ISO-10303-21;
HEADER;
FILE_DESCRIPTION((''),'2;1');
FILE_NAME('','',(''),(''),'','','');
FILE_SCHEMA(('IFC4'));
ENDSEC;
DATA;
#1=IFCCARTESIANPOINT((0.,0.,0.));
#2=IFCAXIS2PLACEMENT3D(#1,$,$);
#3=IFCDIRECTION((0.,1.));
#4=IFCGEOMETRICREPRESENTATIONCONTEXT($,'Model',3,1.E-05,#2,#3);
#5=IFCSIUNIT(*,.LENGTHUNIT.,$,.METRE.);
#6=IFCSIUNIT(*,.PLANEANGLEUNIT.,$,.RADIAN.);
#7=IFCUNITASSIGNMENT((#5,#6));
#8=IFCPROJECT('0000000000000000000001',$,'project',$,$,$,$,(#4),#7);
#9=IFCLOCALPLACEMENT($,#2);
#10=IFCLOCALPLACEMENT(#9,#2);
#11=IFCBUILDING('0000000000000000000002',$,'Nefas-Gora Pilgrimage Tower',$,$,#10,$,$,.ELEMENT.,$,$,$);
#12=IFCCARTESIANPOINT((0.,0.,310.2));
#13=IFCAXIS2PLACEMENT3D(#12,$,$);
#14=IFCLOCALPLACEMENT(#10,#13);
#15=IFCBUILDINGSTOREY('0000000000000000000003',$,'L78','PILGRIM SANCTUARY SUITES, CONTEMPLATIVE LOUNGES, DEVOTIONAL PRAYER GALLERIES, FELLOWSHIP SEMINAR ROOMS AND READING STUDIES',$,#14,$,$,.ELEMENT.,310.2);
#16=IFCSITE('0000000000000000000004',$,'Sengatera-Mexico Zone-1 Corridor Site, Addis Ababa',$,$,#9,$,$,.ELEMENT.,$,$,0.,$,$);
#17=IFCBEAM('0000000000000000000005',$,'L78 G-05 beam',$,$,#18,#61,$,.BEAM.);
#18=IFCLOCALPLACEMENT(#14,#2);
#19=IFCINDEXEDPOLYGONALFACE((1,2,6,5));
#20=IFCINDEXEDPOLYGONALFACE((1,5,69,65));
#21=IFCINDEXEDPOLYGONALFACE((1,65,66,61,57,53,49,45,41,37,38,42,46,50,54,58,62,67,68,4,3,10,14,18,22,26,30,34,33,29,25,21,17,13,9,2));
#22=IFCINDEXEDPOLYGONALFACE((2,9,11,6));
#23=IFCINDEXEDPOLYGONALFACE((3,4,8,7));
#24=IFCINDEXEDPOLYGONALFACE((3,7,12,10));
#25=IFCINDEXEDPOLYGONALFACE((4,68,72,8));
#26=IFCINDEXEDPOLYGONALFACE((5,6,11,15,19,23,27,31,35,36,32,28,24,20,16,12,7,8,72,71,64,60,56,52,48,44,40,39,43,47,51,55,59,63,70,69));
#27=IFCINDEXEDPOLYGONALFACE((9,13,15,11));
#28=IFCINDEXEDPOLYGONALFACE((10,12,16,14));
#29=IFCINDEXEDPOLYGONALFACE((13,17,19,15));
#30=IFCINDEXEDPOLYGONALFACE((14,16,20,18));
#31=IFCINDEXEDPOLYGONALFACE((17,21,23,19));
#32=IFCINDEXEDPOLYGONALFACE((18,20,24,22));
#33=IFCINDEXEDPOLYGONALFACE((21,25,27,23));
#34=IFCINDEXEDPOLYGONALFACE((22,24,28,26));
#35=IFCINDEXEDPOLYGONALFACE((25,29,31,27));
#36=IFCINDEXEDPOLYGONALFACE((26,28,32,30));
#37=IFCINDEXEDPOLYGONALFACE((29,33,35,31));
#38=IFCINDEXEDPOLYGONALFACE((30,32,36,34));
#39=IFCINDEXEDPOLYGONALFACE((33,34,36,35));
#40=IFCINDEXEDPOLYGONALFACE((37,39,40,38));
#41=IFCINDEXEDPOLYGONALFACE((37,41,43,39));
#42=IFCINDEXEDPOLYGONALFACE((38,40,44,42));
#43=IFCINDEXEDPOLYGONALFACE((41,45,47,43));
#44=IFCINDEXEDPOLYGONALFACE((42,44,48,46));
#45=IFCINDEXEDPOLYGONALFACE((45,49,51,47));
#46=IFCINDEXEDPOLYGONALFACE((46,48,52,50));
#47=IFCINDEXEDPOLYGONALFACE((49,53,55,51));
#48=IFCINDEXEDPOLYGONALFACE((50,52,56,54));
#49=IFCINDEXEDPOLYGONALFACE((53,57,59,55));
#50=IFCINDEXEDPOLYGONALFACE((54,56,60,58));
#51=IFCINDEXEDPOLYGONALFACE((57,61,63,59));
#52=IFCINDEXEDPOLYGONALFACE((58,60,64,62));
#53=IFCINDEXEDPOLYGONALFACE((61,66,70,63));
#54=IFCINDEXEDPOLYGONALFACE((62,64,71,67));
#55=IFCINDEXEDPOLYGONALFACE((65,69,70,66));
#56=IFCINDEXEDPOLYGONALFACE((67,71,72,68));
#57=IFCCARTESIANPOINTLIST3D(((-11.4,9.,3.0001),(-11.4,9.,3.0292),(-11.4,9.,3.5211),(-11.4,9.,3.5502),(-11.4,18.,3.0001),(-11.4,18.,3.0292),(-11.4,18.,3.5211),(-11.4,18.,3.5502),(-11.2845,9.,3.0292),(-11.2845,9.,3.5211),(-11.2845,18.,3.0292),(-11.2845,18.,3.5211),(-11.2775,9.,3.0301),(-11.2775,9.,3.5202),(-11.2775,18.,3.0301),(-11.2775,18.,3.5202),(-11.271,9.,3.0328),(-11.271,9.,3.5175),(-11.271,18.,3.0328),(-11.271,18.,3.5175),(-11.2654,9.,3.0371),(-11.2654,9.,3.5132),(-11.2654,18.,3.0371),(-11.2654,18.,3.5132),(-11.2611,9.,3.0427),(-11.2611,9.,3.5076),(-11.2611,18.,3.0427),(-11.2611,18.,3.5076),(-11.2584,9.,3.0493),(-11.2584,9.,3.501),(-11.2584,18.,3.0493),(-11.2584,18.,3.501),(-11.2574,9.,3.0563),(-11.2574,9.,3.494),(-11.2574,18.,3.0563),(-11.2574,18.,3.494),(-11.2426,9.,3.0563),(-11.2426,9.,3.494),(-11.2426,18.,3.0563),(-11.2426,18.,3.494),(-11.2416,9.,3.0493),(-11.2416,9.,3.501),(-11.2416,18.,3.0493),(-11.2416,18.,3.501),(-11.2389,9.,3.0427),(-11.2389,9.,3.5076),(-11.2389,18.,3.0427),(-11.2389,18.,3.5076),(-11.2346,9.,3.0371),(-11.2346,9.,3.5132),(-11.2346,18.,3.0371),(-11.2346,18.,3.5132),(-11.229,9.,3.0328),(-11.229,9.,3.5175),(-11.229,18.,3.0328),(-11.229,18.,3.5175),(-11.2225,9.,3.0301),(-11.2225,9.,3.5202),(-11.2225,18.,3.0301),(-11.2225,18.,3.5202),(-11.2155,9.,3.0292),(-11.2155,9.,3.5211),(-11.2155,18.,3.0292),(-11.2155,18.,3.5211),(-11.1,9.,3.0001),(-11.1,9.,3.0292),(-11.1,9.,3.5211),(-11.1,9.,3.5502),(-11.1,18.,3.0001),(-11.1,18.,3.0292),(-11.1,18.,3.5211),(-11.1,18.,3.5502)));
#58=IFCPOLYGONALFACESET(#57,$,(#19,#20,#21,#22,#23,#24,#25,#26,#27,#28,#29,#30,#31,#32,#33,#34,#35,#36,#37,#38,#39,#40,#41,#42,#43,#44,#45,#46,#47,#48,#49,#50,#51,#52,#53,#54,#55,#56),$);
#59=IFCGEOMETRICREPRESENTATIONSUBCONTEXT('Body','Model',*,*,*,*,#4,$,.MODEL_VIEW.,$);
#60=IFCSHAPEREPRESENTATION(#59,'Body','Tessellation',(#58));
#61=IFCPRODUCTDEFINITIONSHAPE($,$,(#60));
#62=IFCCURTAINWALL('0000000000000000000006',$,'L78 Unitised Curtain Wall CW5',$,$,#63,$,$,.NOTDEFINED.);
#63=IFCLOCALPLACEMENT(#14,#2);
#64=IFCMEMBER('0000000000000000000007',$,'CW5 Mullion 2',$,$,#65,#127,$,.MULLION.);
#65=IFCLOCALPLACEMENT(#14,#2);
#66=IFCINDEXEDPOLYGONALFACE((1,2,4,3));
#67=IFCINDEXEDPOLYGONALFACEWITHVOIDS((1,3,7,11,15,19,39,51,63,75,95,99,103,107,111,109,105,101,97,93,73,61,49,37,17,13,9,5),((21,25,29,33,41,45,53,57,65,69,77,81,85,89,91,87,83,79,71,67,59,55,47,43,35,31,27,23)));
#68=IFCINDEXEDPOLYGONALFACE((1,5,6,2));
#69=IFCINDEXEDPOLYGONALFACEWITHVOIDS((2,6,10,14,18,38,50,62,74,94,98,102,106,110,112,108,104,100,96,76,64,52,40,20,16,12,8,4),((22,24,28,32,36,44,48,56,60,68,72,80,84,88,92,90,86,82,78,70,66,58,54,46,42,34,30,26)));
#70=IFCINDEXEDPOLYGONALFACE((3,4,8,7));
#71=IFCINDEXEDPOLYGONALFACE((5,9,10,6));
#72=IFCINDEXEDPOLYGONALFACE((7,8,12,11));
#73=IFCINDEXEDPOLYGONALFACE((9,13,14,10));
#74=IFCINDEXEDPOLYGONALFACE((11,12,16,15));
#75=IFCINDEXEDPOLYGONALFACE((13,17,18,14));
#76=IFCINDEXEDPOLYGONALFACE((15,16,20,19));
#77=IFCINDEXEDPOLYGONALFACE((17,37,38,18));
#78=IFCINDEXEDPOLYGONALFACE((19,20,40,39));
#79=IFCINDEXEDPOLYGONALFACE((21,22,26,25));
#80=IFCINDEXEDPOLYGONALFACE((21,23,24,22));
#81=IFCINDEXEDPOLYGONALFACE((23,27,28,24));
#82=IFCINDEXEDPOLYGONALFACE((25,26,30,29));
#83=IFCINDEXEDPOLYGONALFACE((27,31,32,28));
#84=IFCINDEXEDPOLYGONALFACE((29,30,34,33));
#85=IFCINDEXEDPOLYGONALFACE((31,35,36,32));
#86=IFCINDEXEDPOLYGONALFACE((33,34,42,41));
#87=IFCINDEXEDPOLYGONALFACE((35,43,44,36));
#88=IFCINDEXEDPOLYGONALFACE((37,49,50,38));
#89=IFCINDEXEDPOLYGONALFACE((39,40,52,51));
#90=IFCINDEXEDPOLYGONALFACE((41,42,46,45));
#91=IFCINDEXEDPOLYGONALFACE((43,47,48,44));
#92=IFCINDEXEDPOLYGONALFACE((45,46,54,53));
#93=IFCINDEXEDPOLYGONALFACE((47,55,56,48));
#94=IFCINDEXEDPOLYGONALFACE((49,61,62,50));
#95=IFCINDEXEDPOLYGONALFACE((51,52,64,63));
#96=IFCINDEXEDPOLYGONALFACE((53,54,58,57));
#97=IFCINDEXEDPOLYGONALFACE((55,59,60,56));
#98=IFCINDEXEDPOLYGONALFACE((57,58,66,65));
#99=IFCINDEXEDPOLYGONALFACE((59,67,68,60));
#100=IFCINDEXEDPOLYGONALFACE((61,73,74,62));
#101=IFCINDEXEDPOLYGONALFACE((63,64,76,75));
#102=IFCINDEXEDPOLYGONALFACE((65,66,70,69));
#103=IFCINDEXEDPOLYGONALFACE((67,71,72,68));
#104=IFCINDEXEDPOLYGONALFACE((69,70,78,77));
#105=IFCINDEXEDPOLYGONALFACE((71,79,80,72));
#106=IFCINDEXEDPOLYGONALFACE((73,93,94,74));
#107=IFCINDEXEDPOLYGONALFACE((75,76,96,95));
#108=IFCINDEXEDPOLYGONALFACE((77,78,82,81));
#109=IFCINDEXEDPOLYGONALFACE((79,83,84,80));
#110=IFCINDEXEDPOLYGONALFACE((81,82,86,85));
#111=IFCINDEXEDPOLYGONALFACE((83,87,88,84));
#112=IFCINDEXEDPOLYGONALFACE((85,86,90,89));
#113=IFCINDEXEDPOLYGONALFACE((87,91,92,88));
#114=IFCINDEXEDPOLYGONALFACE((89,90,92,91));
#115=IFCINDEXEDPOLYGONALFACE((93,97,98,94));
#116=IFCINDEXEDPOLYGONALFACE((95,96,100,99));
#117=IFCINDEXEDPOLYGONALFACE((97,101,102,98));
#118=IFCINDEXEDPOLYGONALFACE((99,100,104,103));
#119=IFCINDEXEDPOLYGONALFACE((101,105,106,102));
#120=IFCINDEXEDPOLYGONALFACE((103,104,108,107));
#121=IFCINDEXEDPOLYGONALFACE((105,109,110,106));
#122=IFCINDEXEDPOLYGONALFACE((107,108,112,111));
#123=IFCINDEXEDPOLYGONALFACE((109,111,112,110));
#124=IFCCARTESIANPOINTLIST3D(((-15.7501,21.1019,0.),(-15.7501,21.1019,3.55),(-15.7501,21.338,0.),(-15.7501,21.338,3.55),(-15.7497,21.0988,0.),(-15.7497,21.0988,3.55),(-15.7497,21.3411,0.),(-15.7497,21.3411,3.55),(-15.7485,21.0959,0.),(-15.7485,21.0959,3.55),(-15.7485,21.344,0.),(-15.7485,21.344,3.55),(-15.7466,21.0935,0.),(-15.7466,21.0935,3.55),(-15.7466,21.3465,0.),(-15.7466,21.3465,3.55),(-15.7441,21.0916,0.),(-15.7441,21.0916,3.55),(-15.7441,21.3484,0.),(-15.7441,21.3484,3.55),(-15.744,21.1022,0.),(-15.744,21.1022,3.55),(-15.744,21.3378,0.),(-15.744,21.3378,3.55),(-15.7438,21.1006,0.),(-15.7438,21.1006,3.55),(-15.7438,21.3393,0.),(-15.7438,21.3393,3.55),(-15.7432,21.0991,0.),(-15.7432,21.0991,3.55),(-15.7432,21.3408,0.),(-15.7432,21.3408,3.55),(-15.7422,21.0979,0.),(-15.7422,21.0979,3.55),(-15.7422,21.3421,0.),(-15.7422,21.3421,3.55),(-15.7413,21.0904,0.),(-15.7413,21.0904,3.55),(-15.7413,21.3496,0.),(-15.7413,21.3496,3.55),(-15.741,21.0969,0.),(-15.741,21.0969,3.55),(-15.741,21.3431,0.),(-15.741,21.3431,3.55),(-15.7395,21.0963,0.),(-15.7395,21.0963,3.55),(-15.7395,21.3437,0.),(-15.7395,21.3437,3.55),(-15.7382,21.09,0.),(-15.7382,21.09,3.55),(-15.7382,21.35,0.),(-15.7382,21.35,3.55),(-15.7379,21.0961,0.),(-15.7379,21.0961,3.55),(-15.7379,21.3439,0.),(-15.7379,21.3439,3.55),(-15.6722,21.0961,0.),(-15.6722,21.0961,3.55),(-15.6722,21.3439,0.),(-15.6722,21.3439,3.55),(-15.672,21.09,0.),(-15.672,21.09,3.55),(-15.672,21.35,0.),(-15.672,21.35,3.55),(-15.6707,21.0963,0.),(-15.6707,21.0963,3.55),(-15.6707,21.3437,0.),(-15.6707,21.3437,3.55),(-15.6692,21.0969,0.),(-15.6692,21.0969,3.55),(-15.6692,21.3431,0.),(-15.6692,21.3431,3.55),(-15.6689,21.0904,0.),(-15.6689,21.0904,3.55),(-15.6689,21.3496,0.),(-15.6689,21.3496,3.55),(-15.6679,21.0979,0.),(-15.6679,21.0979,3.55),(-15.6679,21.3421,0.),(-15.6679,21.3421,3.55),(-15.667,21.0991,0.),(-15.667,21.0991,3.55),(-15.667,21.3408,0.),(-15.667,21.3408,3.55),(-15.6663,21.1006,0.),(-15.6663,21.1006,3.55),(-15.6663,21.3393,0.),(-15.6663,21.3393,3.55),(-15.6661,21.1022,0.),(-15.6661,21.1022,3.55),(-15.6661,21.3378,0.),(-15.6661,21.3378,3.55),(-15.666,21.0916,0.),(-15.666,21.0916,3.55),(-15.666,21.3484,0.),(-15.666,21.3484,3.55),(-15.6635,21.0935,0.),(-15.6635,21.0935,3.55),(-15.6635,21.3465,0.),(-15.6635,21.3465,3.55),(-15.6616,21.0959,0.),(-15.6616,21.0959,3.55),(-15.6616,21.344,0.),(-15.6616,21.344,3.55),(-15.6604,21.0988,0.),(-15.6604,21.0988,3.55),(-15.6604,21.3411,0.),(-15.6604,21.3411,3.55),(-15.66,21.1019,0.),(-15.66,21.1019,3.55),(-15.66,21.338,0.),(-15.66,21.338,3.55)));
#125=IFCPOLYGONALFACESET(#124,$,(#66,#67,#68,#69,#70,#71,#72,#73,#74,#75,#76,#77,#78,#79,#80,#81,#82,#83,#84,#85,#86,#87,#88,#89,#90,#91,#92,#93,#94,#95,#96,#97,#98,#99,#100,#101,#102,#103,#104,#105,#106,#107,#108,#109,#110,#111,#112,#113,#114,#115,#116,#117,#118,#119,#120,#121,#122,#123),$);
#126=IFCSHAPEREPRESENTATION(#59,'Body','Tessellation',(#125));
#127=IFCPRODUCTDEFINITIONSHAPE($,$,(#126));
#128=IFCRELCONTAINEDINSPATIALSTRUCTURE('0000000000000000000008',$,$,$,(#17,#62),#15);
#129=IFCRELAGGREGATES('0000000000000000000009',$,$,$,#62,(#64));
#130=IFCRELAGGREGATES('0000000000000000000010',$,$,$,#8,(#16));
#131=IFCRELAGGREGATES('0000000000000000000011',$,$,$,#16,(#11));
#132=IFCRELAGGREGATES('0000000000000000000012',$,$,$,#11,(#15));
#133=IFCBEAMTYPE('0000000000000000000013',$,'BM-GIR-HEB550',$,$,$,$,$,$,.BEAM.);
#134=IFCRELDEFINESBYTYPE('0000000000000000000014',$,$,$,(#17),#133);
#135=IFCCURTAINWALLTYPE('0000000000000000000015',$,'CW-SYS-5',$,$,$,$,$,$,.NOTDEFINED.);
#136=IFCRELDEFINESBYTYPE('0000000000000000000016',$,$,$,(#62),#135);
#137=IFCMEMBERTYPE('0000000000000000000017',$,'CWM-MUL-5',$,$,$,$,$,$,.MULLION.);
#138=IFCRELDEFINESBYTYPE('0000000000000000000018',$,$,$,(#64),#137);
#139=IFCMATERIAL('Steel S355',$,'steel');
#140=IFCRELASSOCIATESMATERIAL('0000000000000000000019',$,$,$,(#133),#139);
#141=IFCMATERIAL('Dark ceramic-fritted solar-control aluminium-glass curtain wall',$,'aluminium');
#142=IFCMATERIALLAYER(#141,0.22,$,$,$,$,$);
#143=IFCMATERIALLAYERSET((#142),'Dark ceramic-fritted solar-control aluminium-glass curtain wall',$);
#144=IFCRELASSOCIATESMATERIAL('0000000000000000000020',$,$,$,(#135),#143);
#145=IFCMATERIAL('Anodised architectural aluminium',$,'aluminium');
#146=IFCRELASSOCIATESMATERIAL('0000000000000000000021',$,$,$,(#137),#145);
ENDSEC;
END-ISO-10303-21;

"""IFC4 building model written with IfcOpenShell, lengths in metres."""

from ifc_helpers import new_model, si_unit, direction, frame, origin, origin_2d, place, context, subcontext, project, spatial, hollow_rectangle, i_section, extrude, source, transform, mapped, material, layer, layer_set, material_profile, profile_set, type_object, element, aggregate, save


model = new_model("IFC4")

# Units and contexts
model_context = context("Model", 3, precision=1e-05, world=origin(), true_north=direction((0.0, 1.0)))
body_context = subcontext(model_context, "Body", "Model", "MODEL_VIEW")
ifc_project = project(units=[si_unit("LENGTHUNIT", "METRE"), si_unit("PLANEANGLEUNIT", "RADIAN")], contexts=[model_context])

# Site, building, storey
site_placement = place(None, origin())
site = spatial("IfcSite", under=ifc_project, at=site_placement, Name="Sengatera-Mexico Zone-1 Corridor Site, Addis Ababa", CompositionType="ELEMENT", RefElevation=0.0)
building_placement = place(site_placement, origin())
building = spatial("IfcBuilding", under=site, at=building_placement, Name="Nefas-Gora Pilgrimage Tower", CompositionType="ELEMENT")
storey_placement = place(building_placement, frame((0.0, 0.0, 310.2)))
storey = spatial("IfcBuildingStorey", under=building, at=storey_placement, Name="L78", Description="PILGRIM SANCTUARY SUITES, CONTEMPLATIVE LOUNGES, DEVOTIONAL PRAYER GALLERIES, FELLOWSHIP SEMINAR ROOMS AND READING STUDIES", CompositionType="ELEMENT", Elevation=310.2)

# Shared definitions
ifc_material_1 = material(Name="Steel S355", Category="steel")

# Beam
ifc_material_profile_1 = material_profile(ifc_material_1, i_section(OverallWidth=0.3, OverallDepth=0.55, WebThickness=0.0149, FlangeThickness=0.0291, FilletRadius=0.0271, at=origin_2d()), Name="HEB 550")
ifc_profile_set_1 = profile_set([ifc_material_profile_1], Name="Steel S355")
beam_type = type_object("IfcBeamType", Name="BM-GIR-HEB550", PredefinedType="BEAM", material=ifc_profile_set_1)
shared_shape_1 = source(origin(), body_context, "Body", "SweptSolid", [
    extrude(i_section(OverallWidth=0.3, OverallDepth=0.55, WebThickness=0.0149, FlangeThickness=0.0291, FilletRadius=0.0271, at=origin_2d()), origin(), (0.0, 0.0, 1.0), 9.0),
])
for number, where, z_axis, x_axis, name in (
    (1, (-11.25, 9.0, 3.2751), (0.0, 1.0, 0.0), (-1.0, 0.0, 0.0), "L78 G-05 beam"),
):
    element("IfcBeam", number, at=place(storey_placement, frame(where, z_axis=z_axis, x_axis=x_axis)), inside=storey, type_object=beam_type, Name=name, PredefinedType="BEAM", context=body_context, shape_type="MappedRepresentation", body=[
        mapped(shared_shape_1, transform((0.0, 0.0, 0.0), x_axis=(1.0, 0.0, 0.0), y_axis=(0.0, 1.0, 0.0), z_axis=(0.0, 0.0, 1.0), scale=1.0)),
    ])

# Curtain wall, member
ifc_material_2 = material(Name="Dark ceramic-fritted solar-control aluminium-glass curtain wall", Category="aluminium")
ifc_layer_1 = layer(ifc_material_2, 0.22)
ifc_layer_set_1 = layer_set([ifc_layer_1], Name="Dark ceramic-fritted solar-control aluminium-glass curtain wall")
curtain_wall_type_1 = type_object("IfcCurtainWallType", Name="CW-SYS-5", PredefinedType="NOTDEFINED", material=ifc_layer_set_1)
curtain_wall_1_placement = place(storey_placement, origin())
curtain_wall_1 = element("IfcCurtainWall", 2, at=curtain_wall_1_placement, inside=storey, type_object=curtain_wall_type_1, Name="L78 Unitised Curtain Wall CW5", PredefinedType="NOTDEFINED")
ifc_material_3 = material(Name="Anodised architectural aluminium", Category="aluminium")
ifc_material_profile_2 = material_profile(ifc_material_3, hollow_rectangle(XDim=0.0901, YDim=0.26, WallThickness=0.0061, InnerFilletRadius=0.0061, OuterFilletRadius=0.012, at=origin_2d()), Name="ALU MULLION 90x260")
ifc_profile_set_2 = profile_set([ifc_material_profile_2], Name="Anodised architectural aluminium")
member_type_1 = type_object("IfcMemberType", Name="CWM-MUL-5", PredefinedType="MULLION", material=ifc_profile_set_2)
shared_shape_2 = source(origin(), body_context, "Body", "SweptSolid", [
    extrude(hollow_rectangle(XDim=0.0901, YDim=0.26, WallThickness=0.0061, InnerFilletRadius=0.0061, OuterFilletRadius=0.012, at=origin_2d()), origin(), (0.0, 0.0, 1.0), 3.55),
])
member_1_placement = place(storey_placement, frame((-15.7051, 21.22, 0.0), z_axis=(0.0, 0.0, 1.0), x_axis=(-1.0, 0.0, 0.0)))
member_1 = element("IfcMember", 3, at=member_1_placement, type_object=member_type_1, Name="CW5 Mullion 2", PredefinedType="MULLION", context=body_context, shape_type="MappedRepresentation", body=[
    mapped(shared_shape_2, transform((0.0, 0.0, 0.0), x_axis=(1.0, 0.0, 0.0), y_axis=(0.0, 1.0, 0.0), z_axis=(0.0, 0.0, 1.0), scale=1.0)),
])

aggregate(curtain_wall_1, [member_1])

save(model, "model.ifc")
